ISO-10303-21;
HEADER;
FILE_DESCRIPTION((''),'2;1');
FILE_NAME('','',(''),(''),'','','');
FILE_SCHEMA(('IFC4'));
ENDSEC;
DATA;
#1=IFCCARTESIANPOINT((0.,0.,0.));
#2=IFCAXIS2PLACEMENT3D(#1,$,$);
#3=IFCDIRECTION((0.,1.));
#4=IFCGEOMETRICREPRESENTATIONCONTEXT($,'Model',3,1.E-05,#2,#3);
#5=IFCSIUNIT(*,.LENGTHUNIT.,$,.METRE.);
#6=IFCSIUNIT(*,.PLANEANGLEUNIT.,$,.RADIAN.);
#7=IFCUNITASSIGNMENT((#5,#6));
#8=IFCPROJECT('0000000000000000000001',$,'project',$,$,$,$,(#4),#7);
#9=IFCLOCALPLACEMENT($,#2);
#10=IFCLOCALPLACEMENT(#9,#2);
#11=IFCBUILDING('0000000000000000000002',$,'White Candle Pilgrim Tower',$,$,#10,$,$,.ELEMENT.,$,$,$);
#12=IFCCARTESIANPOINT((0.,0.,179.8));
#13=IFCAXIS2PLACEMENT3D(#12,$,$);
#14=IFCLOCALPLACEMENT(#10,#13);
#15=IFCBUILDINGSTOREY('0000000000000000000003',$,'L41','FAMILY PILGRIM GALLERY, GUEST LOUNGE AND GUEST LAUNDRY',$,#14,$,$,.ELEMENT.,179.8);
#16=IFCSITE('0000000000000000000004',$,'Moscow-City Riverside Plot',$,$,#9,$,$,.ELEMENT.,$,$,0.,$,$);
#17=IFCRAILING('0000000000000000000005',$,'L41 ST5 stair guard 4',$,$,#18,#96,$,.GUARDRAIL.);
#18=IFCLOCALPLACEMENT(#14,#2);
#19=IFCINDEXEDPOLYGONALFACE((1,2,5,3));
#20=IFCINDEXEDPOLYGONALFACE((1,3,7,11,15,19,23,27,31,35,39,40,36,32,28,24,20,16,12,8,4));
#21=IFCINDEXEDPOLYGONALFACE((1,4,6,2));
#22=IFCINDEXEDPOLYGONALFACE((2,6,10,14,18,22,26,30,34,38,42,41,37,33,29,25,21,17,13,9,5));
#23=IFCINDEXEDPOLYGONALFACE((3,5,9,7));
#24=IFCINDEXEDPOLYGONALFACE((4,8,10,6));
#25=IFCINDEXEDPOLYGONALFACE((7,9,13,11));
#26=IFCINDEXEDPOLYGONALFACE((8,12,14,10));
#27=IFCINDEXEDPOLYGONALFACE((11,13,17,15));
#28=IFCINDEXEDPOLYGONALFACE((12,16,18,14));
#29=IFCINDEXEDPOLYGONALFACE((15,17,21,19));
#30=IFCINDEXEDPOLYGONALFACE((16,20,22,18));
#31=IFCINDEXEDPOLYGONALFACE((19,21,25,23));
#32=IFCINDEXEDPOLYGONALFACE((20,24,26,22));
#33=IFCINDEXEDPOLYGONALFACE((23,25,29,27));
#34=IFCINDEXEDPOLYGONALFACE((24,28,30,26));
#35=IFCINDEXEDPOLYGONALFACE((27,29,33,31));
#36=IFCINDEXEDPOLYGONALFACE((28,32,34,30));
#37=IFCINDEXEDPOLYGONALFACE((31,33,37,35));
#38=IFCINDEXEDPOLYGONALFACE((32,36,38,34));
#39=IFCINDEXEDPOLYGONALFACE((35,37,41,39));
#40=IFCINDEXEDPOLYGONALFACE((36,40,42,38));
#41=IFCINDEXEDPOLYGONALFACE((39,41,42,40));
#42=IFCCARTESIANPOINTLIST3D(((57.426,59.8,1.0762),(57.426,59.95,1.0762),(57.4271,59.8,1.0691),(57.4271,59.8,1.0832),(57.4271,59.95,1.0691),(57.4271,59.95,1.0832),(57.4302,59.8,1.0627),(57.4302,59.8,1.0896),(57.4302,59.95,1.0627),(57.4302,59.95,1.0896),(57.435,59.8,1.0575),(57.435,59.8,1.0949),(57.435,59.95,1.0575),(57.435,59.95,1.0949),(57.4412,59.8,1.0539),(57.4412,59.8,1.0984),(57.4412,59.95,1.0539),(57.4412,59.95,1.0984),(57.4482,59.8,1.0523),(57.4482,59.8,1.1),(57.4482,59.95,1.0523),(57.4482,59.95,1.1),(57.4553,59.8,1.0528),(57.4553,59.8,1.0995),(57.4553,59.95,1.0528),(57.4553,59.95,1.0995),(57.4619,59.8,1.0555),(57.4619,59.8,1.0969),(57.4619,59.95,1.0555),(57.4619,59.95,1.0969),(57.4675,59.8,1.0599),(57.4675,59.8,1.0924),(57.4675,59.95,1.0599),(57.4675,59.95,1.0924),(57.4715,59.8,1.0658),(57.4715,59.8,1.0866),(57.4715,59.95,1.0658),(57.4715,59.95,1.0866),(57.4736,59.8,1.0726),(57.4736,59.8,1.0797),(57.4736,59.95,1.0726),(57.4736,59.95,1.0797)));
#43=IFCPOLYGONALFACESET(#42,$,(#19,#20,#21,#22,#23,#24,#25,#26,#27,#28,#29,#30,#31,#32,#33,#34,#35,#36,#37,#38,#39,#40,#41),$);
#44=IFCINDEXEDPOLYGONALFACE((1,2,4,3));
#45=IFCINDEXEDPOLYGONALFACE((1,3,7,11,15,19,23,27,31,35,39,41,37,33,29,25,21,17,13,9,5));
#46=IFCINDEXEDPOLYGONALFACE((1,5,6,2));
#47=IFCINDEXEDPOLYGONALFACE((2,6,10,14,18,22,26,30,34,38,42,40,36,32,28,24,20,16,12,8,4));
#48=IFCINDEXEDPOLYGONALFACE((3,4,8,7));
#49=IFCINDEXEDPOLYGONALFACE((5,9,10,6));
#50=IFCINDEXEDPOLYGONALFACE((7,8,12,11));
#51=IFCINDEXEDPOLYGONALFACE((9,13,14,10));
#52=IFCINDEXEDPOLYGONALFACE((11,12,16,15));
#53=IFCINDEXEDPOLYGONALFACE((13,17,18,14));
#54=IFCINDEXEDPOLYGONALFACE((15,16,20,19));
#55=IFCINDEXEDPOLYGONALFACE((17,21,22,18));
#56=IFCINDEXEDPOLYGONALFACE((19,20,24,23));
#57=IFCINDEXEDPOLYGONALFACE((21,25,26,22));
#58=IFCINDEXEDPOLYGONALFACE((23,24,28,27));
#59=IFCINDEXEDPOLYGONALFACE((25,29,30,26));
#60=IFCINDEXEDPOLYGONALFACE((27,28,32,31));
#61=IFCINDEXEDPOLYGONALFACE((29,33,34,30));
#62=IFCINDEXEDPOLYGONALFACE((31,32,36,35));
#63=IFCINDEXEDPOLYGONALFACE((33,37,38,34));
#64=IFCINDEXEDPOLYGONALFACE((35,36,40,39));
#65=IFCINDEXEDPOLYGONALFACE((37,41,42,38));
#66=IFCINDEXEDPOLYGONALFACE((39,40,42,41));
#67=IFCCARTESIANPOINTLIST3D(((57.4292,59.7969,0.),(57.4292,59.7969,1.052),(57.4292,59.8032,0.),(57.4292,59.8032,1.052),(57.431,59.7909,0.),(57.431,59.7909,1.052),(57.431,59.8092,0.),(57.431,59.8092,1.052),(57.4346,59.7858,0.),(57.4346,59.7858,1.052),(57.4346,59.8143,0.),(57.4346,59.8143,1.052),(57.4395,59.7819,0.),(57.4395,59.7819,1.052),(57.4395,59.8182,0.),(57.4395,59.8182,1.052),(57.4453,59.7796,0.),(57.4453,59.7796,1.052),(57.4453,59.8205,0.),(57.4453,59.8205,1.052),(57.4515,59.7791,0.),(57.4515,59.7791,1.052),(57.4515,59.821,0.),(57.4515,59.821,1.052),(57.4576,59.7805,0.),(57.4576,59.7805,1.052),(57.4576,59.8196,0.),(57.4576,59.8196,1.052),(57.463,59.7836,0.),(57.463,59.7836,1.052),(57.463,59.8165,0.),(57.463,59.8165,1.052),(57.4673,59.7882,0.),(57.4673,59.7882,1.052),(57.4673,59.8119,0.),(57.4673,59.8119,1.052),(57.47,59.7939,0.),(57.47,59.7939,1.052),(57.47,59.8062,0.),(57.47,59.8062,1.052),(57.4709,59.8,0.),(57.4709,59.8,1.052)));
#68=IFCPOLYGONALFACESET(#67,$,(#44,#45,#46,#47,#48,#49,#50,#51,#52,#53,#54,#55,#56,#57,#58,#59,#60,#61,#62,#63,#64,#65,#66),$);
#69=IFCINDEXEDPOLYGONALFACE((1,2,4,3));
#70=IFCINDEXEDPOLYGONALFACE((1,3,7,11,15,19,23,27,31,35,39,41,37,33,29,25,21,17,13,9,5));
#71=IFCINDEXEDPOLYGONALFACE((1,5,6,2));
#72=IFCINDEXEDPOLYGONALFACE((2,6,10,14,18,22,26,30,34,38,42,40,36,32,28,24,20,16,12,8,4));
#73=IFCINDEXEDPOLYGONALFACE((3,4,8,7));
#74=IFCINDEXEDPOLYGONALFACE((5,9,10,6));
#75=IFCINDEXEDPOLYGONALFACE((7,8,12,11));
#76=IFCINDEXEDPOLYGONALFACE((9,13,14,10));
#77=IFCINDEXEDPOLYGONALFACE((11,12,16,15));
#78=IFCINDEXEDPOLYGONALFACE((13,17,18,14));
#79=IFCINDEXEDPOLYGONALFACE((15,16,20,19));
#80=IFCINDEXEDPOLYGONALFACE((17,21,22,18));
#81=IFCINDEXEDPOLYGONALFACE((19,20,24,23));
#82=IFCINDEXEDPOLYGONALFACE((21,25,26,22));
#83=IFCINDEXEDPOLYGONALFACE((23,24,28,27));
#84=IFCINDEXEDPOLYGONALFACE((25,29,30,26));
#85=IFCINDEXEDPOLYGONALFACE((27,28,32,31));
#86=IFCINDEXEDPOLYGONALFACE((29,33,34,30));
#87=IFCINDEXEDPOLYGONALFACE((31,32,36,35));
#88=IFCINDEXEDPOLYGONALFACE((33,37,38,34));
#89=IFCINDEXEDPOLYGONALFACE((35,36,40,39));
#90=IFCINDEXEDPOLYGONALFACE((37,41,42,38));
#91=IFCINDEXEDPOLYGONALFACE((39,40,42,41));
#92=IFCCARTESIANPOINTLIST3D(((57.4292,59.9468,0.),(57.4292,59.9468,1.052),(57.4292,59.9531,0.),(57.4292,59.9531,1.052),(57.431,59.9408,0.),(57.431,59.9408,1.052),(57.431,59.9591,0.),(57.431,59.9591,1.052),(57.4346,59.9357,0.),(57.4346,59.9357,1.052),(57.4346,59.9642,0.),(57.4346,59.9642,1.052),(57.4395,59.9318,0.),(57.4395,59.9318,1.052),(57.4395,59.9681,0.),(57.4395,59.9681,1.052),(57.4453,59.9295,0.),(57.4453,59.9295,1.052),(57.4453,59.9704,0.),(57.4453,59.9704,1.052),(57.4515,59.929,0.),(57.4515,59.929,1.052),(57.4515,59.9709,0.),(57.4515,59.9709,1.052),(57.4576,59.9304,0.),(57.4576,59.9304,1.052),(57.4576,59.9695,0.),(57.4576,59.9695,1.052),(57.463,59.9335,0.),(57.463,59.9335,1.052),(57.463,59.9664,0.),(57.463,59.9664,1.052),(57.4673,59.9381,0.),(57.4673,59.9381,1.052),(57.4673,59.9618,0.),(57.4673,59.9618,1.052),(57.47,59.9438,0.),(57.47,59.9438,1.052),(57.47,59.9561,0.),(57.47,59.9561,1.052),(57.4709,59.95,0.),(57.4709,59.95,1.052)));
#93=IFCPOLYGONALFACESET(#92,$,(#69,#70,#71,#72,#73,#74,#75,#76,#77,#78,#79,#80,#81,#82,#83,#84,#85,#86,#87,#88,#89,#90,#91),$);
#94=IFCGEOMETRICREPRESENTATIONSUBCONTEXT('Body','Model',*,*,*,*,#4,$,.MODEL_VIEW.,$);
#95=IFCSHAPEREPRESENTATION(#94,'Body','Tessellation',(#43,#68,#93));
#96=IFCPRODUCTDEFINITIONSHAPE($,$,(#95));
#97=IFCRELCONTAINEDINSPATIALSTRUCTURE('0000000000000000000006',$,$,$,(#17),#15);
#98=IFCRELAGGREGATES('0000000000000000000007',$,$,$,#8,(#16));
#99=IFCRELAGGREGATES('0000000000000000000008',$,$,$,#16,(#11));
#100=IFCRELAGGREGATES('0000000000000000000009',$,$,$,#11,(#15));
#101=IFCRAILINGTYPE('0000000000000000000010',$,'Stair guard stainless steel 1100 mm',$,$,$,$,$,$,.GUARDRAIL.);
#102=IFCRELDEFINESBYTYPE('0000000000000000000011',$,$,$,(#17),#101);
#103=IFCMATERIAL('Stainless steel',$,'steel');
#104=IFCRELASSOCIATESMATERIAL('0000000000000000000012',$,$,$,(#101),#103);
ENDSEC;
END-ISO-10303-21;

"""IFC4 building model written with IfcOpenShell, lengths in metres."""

from ifc_helpers import new_model, si_unit, direction, frame, origin, origin_2d, place, context, subcontext, project, spatial, circle, extrude, material, type_object, element, save


model = new_model("IFC4")

# Units and contexts
model_context = context("Model", 3, precision=1e-05, world=origin(), true_north=direction((0.0, 1.0)))
body_context = subcontext(model_context, "Body", "Model", "MODEL_VIEW")
ifc_project = project(units=[si_unit("LENGTHUNIT", "METRE"), si_unit("PLANEANGLEUNIT", "RADIAN")], contexts=[model_context])

# Site, building, storey
site_placement = place(None, origin())
site = spatial("IfcSite", under=ifc_project, at=site_placement, Name="Moscow-City Riverside Plot", CompositionType="ELEMENT", RefElevation=0.0)
building_placement = place(site_placement, origin())
building = spatial("IfcBuilding", under=site, at=building_placement, Name="White Candle Pilgrim Tower", CompositionType="ELEMENT")
storey_placement = place(building_placement, frame((0.0, 0.0, 179.8)))
storey = spatial("IfcBuildingStorey", under=building, at=storey_placement, Name="L41", Description="FAMILY PILGRIM GALLERY, GUEST LOUNGE AND GUEST LAUNDRY", CompositionType="ELEMENT", Elevation=179.8)

# Railing
ifc_material_1 = material(Name="Stainless steel", Category="steel")
railing_type_1 = type_object("IfcRailingType", Name="Stair guard stainless steel 1100 mm", PredefinedType="GUARDRAIL", material=ifc_material_1)
railing_1_placement = place(storey_placement, frame((57.45, 59.8, 0.0)))
element("IfcRailing", 1, at=railing_1_placement, inside=storey, type_object=railing_type_1, Name="L41 ST5 stair guard 4", PredefinedType="GUARDRAIL", context=body_context, shape_type="SweptSolid", body=[
    extrude(circle(Radius=0.0239, at=origin_2d()), frame((0.0, 0.0, 1.0762), z_axis=(0.0, 1.0, 0.0), x_axis=(-1.0, 0.0, 0.0)), (0.0, 0.0, 1.0), 0.1499),
    extrude(circle(Radius=0.021, at=origin_2d()), origin(), (0.0, 0.0, 1.0), 1.052),
    extrude(circle(Radius=0.021, at=origin_2d()), frame((0.0, 0.1499, 0.0)), (0.0, 0.0, 1.0), 1.052),
])

save(model, "model.ifc")
